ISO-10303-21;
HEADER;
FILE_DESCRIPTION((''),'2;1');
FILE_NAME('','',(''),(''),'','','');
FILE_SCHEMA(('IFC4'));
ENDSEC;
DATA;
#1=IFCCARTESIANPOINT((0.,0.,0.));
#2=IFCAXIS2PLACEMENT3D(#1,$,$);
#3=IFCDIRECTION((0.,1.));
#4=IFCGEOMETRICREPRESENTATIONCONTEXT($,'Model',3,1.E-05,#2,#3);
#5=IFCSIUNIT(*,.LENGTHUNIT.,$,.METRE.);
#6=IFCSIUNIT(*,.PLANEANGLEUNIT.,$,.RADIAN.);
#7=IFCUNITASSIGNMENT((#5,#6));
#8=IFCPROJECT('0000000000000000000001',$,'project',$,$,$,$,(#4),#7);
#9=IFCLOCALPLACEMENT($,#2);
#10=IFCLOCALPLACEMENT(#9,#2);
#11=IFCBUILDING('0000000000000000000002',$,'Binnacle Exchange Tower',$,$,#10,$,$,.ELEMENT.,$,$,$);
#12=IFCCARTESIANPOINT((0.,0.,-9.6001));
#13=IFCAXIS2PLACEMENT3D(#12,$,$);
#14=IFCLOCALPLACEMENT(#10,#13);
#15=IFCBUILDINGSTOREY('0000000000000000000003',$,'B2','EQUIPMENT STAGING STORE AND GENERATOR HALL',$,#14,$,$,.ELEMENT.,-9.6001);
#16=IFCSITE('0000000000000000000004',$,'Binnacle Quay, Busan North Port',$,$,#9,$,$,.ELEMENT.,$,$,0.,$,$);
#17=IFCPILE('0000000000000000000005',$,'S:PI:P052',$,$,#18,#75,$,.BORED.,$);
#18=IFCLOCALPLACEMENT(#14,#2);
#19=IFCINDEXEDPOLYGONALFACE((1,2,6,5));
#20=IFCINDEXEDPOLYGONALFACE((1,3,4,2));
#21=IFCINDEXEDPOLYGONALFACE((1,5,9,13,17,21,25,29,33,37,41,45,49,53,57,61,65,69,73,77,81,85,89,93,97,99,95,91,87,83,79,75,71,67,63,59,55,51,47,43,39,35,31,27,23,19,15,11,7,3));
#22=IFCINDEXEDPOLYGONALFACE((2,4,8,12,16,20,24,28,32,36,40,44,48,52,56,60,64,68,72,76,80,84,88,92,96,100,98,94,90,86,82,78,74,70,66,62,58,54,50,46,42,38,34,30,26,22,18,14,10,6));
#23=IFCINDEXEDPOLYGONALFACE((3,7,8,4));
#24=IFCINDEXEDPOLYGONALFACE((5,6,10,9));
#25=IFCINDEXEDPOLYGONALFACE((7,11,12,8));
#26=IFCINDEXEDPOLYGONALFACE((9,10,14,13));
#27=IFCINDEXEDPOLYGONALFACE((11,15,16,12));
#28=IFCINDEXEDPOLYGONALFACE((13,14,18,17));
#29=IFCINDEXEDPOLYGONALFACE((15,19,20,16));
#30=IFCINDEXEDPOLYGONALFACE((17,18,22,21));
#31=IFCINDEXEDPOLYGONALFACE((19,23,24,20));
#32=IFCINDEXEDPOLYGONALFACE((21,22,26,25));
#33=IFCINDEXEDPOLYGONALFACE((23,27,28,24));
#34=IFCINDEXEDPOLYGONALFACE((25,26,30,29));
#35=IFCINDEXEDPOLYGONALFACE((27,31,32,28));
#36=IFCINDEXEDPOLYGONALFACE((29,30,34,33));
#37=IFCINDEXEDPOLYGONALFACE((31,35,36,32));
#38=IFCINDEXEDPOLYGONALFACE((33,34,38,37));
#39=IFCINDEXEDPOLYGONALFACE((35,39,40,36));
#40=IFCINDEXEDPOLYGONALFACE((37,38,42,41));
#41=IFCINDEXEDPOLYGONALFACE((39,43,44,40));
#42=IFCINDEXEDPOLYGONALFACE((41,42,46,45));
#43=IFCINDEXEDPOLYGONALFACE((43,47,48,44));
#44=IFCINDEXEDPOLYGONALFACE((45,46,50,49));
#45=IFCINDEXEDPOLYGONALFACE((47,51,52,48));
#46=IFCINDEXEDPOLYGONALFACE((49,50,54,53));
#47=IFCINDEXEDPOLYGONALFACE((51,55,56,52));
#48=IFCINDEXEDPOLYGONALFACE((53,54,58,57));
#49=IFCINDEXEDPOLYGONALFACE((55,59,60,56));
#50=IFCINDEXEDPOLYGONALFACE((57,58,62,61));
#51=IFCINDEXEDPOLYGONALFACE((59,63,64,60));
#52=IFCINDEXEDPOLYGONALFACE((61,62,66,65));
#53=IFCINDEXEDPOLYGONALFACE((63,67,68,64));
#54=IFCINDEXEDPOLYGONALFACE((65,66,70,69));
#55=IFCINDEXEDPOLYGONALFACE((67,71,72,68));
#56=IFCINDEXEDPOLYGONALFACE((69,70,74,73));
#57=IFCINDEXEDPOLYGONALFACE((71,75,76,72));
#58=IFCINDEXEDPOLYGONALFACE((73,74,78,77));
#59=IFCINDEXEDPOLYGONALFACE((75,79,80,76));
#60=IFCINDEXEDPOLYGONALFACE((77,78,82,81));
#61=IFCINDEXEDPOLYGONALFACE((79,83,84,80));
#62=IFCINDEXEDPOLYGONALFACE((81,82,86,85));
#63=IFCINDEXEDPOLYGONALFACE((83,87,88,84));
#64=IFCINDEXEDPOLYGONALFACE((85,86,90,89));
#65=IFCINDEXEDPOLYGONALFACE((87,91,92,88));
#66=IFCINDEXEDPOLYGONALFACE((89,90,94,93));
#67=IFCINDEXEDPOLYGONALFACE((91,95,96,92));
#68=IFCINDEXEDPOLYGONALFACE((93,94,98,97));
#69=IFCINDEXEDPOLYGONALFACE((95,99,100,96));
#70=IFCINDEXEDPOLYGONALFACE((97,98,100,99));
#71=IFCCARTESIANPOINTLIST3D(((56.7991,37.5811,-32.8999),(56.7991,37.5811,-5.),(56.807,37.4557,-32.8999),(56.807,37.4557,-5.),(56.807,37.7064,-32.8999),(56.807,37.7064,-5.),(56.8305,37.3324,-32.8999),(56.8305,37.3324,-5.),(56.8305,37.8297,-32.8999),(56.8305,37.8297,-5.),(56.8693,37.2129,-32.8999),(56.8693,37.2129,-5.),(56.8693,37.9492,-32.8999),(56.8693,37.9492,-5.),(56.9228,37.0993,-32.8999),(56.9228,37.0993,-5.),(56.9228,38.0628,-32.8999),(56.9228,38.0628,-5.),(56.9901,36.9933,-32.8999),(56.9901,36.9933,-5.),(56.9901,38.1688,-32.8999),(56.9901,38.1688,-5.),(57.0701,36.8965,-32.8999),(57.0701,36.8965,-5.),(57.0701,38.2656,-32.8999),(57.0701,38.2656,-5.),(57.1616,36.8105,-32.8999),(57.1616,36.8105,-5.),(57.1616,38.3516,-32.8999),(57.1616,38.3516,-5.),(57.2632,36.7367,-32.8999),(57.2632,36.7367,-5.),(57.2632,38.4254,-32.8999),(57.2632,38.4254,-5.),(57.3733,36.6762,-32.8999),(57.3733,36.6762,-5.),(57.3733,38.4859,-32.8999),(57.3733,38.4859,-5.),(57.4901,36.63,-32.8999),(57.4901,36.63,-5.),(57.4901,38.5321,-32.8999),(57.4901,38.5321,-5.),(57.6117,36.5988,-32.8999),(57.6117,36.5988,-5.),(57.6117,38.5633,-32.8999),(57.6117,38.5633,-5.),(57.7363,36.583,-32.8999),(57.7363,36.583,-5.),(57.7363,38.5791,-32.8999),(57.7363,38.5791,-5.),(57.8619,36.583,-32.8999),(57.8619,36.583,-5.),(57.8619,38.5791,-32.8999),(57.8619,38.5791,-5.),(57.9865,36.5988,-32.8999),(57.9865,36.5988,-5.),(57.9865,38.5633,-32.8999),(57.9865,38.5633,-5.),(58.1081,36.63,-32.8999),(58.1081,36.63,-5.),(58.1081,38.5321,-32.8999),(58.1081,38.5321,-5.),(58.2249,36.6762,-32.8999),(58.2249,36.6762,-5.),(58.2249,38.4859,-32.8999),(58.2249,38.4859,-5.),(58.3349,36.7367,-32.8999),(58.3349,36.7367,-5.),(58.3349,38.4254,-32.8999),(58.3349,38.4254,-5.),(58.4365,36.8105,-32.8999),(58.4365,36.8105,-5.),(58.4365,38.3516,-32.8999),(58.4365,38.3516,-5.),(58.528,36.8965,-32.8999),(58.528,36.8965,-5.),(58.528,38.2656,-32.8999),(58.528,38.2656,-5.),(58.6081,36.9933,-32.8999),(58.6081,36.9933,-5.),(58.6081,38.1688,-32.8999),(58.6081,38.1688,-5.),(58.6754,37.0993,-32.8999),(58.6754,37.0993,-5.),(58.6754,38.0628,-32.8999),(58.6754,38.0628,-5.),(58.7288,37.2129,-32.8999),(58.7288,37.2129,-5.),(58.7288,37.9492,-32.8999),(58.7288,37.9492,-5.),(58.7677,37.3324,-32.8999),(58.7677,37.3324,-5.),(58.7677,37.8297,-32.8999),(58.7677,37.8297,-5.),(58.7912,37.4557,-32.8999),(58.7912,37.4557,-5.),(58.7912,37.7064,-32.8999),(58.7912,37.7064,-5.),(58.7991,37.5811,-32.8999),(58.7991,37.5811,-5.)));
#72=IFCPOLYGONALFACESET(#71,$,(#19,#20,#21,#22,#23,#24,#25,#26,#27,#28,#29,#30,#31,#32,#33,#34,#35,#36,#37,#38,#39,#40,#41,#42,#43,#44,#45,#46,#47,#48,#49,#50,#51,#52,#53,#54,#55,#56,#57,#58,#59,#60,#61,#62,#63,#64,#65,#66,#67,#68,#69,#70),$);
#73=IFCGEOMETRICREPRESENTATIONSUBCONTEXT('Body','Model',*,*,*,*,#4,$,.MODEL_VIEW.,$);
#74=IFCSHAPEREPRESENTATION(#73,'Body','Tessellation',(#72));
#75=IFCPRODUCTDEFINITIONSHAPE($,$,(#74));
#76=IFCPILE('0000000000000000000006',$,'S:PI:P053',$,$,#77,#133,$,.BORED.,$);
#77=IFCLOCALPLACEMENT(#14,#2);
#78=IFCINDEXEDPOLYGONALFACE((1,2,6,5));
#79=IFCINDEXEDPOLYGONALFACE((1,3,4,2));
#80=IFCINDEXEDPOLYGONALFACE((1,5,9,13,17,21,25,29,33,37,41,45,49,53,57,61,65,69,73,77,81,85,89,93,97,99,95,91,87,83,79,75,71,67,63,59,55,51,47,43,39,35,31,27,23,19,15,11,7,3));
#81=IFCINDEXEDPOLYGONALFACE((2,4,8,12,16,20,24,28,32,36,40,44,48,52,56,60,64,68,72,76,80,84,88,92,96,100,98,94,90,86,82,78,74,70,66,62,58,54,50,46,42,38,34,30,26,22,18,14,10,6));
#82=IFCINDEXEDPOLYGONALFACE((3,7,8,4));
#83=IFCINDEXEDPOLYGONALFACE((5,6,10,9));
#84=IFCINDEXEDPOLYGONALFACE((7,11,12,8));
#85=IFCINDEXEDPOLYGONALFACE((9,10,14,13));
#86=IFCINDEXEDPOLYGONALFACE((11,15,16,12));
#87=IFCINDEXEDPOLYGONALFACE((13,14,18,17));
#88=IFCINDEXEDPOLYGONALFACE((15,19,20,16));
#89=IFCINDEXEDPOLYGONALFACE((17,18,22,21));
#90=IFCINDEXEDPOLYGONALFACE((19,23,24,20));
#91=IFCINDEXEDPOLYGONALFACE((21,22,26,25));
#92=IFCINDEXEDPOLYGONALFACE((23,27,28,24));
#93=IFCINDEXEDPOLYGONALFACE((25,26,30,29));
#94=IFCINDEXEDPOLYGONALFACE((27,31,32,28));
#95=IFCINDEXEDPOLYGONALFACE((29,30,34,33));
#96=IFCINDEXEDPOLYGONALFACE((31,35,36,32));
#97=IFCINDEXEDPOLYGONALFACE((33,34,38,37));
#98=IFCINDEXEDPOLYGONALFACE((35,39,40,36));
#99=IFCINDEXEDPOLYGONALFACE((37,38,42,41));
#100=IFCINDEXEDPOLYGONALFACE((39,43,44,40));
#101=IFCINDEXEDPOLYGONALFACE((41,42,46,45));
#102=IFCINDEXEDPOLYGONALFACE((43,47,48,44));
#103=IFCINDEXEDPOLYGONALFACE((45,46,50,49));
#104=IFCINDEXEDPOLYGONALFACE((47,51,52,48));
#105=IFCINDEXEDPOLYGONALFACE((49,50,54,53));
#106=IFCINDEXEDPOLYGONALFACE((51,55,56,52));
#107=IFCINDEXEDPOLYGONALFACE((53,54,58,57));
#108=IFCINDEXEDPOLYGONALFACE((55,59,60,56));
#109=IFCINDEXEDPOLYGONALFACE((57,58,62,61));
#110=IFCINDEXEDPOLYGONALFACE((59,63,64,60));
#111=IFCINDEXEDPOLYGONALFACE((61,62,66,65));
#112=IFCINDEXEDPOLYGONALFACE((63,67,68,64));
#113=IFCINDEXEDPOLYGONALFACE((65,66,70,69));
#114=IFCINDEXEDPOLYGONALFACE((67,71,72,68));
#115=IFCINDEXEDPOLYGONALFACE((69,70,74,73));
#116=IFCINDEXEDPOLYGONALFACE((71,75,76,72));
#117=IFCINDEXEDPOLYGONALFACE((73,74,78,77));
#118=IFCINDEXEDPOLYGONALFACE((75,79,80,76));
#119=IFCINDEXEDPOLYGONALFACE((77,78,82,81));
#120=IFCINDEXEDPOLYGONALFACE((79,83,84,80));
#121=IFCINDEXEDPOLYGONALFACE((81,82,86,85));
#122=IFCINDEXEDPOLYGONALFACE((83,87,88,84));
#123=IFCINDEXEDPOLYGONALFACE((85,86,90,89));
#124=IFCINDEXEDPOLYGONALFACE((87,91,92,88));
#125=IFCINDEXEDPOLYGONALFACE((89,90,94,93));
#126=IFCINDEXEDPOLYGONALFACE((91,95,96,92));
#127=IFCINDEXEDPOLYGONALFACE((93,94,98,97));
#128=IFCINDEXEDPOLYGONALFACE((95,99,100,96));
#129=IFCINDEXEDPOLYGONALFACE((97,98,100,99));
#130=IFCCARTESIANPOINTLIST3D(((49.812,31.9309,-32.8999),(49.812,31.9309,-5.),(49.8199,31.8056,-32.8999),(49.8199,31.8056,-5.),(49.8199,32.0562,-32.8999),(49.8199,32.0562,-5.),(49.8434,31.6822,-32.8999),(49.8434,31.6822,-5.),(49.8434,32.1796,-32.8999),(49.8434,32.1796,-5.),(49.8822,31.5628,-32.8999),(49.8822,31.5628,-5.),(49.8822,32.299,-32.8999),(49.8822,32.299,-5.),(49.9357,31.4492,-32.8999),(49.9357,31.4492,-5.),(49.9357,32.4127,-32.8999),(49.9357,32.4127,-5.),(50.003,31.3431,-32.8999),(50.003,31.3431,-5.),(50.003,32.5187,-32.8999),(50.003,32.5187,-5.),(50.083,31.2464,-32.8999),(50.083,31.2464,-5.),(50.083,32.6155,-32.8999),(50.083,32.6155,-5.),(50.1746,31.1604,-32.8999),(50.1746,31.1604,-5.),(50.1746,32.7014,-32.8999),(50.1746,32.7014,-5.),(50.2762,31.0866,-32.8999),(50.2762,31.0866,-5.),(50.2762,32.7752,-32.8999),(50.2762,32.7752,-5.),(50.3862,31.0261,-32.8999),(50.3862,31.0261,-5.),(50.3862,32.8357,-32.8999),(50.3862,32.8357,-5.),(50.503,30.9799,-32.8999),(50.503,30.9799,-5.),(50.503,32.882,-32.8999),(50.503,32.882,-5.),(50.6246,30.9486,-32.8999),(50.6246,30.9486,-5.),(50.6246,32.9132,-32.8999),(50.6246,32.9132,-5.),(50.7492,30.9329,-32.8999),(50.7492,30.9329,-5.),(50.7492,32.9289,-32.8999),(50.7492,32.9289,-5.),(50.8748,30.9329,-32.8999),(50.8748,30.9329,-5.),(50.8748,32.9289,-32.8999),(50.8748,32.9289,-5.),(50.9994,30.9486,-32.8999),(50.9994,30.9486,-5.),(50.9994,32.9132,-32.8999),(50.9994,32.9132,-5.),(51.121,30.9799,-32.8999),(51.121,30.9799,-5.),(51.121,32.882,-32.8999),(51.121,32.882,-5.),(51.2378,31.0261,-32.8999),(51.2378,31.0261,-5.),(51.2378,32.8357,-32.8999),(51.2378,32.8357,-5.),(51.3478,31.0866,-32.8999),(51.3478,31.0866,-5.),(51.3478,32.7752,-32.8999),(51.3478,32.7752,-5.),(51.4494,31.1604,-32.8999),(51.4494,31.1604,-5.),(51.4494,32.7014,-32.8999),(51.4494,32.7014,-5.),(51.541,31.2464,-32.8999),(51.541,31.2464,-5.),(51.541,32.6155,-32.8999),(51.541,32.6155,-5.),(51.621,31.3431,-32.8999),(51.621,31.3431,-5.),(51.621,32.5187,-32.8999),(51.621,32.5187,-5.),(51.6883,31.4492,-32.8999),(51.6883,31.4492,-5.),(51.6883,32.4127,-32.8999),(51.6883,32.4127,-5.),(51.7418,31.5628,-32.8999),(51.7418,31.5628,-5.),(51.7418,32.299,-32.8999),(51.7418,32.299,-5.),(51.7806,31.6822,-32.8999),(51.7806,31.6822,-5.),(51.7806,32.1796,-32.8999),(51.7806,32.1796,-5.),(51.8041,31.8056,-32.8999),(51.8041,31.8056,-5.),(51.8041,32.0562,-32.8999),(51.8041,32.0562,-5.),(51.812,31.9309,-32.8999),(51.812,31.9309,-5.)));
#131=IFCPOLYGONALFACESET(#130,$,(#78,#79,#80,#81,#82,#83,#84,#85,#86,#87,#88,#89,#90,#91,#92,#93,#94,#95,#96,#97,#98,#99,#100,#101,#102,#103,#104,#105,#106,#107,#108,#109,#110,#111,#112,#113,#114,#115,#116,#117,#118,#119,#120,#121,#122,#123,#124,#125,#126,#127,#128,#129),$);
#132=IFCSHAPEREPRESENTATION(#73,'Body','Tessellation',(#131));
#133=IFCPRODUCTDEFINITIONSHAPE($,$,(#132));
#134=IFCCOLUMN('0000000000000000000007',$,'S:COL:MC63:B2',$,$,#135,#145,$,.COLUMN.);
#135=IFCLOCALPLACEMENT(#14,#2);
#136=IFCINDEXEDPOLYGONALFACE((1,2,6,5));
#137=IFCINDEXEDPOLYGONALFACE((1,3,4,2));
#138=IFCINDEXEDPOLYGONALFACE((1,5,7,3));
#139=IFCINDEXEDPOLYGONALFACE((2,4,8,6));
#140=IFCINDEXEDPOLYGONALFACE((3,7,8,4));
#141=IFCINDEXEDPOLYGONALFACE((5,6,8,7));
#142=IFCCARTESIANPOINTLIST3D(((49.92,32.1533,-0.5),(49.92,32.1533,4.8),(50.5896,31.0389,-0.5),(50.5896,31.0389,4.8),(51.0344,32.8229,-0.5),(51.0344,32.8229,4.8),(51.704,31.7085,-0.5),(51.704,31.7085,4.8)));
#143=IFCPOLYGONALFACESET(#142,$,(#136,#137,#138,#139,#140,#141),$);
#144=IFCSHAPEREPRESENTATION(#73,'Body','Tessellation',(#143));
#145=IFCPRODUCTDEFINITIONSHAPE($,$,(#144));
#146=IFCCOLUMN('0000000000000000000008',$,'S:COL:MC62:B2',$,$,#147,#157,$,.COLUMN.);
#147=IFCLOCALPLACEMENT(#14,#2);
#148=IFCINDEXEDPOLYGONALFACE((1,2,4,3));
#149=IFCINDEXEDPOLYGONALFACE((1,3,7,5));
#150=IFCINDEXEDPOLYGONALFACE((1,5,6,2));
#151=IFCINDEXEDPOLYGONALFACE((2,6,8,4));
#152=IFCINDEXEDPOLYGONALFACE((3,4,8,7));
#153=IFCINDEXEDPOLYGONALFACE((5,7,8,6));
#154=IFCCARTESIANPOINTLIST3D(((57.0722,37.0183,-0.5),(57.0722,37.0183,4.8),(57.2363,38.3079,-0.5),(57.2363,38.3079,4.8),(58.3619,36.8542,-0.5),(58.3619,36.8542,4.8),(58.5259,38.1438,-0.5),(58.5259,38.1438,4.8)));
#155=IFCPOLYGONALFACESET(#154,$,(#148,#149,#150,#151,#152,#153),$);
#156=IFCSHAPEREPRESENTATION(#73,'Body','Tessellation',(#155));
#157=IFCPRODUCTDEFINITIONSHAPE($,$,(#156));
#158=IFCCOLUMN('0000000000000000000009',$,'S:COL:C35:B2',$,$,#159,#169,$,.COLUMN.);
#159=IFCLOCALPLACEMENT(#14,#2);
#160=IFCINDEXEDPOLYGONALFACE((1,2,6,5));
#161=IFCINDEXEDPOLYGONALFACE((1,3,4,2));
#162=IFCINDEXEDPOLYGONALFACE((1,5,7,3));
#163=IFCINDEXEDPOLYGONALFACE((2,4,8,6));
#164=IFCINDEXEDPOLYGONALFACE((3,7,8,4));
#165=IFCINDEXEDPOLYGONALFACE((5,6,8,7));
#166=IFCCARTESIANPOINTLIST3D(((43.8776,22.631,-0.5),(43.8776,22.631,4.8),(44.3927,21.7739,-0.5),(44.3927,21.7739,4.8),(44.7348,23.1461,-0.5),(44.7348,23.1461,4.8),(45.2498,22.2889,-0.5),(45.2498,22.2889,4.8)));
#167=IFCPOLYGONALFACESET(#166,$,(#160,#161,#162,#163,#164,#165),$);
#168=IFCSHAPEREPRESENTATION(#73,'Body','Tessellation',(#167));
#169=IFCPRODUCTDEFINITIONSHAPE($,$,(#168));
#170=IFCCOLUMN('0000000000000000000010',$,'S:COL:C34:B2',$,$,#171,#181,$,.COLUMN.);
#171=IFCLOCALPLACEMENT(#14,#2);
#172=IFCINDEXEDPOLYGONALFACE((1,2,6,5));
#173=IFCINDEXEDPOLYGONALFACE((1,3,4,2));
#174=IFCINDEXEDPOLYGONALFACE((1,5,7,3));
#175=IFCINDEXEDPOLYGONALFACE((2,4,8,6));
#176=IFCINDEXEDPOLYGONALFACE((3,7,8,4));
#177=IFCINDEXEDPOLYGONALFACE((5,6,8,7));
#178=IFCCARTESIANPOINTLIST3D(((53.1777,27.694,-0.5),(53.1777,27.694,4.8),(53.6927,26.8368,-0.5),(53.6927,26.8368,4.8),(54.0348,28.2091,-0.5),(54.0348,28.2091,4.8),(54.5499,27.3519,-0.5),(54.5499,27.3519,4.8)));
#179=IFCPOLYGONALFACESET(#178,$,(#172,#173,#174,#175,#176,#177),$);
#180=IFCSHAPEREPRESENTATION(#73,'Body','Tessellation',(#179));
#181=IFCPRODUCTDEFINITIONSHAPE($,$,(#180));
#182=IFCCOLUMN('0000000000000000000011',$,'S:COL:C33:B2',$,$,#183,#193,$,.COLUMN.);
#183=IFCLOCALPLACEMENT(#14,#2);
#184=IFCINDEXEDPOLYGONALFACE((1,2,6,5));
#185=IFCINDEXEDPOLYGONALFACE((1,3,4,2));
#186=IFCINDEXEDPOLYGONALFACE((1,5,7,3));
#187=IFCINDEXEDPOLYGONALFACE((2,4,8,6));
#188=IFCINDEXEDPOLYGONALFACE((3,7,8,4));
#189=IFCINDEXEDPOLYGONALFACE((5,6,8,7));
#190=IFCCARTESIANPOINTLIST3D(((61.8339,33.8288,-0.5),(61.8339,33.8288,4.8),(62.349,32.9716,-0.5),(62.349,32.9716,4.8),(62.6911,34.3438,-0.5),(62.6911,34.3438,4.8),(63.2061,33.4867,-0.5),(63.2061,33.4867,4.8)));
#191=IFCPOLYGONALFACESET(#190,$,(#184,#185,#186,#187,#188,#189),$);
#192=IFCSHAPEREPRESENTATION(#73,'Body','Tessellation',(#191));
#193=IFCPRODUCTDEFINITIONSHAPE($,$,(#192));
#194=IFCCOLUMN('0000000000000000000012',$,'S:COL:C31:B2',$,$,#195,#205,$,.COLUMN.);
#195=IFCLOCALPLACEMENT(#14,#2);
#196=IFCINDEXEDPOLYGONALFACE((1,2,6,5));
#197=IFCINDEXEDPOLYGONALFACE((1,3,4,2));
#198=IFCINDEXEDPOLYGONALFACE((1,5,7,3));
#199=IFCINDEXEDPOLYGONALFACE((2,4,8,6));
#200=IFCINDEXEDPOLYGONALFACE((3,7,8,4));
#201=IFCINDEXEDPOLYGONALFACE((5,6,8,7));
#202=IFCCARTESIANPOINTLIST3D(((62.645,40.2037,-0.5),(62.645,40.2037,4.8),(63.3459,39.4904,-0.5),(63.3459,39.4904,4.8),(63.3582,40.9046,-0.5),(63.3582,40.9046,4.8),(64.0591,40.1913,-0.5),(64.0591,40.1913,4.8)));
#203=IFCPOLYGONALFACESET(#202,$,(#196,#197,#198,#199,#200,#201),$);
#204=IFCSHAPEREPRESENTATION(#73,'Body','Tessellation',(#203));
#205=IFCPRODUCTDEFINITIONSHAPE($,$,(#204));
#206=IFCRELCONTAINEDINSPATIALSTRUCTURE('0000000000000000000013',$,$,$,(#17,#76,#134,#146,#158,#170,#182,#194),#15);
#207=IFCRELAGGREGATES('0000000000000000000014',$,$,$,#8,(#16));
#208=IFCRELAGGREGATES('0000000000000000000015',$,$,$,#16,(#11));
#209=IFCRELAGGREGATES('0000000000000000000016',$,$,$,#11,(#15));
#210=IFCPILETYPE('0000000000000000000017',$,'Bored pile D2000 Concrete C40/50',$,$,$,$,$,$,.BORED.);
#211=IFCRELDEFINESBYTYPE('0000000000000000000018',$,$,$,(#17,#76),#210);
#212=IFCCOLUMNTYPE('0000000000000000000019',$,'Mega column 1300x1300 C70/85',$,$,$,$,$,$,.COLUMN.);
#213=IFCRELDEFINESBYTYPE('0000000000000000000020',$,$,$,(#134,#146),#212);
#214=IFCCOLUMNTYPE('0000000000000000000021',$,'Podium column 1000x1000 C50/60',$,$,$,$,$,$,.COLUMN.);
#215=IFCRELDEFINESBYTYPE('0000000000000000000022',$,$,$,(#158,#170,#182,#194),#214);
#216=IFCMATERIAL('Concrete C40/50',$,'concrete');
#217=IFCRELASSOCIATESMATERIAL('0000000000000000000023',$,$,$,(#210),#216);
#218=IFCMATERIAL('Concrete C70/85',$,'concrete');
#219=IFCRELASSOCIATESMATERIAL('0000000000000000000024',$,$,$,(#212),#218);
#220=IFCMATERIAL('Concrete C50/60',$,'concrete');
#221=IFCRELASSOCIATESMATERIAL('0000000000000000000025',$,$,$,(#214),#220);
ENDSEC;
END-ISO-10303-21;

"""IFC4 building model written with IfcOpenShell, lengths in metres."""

from ifc_helpers import new_model, si_unit, direction, frame, origin, origin_2d, place, context, subcontext, project, spatial, rectangle, circle, extrude, material, material_profile, profile_set, type_object, element, save


model = new_model("IFC4")

# Units and contexts
model_context = context("Model", 3, precision=1e-05, world=origin(), true_north=direction((0.0, 1.0)))
body_context = subcontext(model_context, "Body", "Model", "MODEL_VIEW")
ifc_project = project(units=[si_unit("LENGTHUNIT", "METRE"), si_unit("PLANEANGLEUNIT", "RADIAN")], contexts=[model_context])

# Site, building, storey
site_placement = place(None, origin())
site = spatial("IfcSite", under=ifc_project, at=site_placement, Name="Binnacle Quay, Busan North Port", CompositionType="ELEMENT", RefElevation=0.0)
building_placement = place(site_placement, origin())
building = spatial("IfcBuilding", under=site, at=building_placement, Name="Binnacle Exchange Tower", CompositionType="ELEMENT")
storey_placement = place(building_placement, frame((0.0, 0.0, -9.6001)))
storey = spatial("IfcBuildingStorey", under=building, at=storey_placement, Name="B2", Description="EQUIPMENT STAGING STORE AND GENERATOR HALL", CompositionType="ELEMENT", Elevation=-9.6001)

# Piles
ifc_material_1 = material(Name="Concrete C40/50", Category="concrete")
ifc_material_profile_1 = material_profile(ifc_material_1, circle(Radius=1.0, at=origin_2d()), Name="Bored pile D2000")
ifc_profile_set_1 = profile_set([ifc_material_profile_1], Name="Concrete C40/50")
pile_type = type_object("IfcPileType", Name="Bored pile D2000 Concrete C40/50", PredefinedType="BORED", material=ifc_profile_set_1)
for number, where, z_axis, x_axis, name in (
    (1, (57.7991, 37.5811, -5.0), (0.0, 0.0, -1.0), (1.0, 0.0, 0.0), "S:PI:P052"),
    (2, (50.812, 31.9309, -5.0), (0.0, 0.0, -1.0), (1.0, 0.0, 0.0), "S:PI:P053"),
):
    element("IfcPile", number, at=place(storey_placement, frame(where, z_axis=z_axis, x_axis=x_axis)), inside=storey, type_object=pile_type, Name=name, PredefinedType="BORED", context=body_context, shape_type="SweptSolid", body=[
        extrude(circle(Radius=1.0, at=origin_2d()), origin(), (0.0, 0.0, 1.0), 27.8999),
    ])

# Columns
ifc_material_2 = material(Name="Concrete C70/85", Category="concrete")
ifc_material_profile_2 = material_profile(ifc_material_2, rectangle(XDim=1.3, YDim=1.3, at=origin_2d()), Name="Mega column 1300x1300 C70/85")
ifc_profile_set_2 = profile_set([ifc_material_profile_2], Name="Concrete C70/85")
column_type_1 = type_object("IfcColumnType", Name="Mega column 1300x1300 C70/85", PredefinedType="COLUMN", material=ifc_profile_set_2)
for number, where, z_axis, x_axis, name in (
    (3, (50.812, 31.9309, -0.5), (0.0, 0.0, 1.0), (0.857167, 0.515038, 0.0), "S:COL:MC63:B2"),
    (4, (57.7991, 37.5811, -0.5), (0.0, 0.0, 1.0), (0.126199, 0.992005, 0.0), "S:COL:MC62:B2"),
):
    element("IfcColumn", number, at=place(storey_placement, frame(where, z_axis=z_axis, x_axis=x_axis)), inside=storey, type_object=column_type_1, Name=name, PredefinedType="COLUMN", context=body_context, shape_type="SweptSolid", body=[
        extrude(rectangle(XDim=1.3, YDim=1.3, at=origin_2d()), origin(), (0.0, 0.0, 1.0), 5.3),
    ])
ifc_material_3 = material(Name="Concrete C50/60", Category="concrete")
ifc_material_profile_3 = material_profile(ifc_material_3, rectangle(XDim=1.0, YDim=1.0, at=origin_2d()), Name="Podium column 1000x1000 C50/60")
ifc_profile_set_3 = profile_set([ifc_material_profile_3], Name="Concrete C50/60")
column_type_2 = type_object("IfcColumnType", Name="Podium column 1000x1000 C50/60", PredefinedType="COLUMN", material=ifc_profile_set_3)
for number, where, z_axis, x_axis, name in (
    (5, (44.5637, 22.46, -0.5), (0.0, 0.0, 1.0), (0.857167, 0.515038, 0.0), "S:COL:C35:B2"),
    (6, (53.8638, 27.5229, -0.5), (0.0, 0.0, 1.0), (0.857167, 0.515038, 0.0), "S:COL:C34:B2"),
    (7, (62.52, 33.6577, -0.5), (0.0, 0.0, 1.0), (0.857167, 0.515038, 0.0), "S:COL:C33:B2"),
    (8, (63.3521, 40.1975, -0.5), (0.0, 0.0, 1.0), (-0.700909, 0.71325, 0.0), "S:COL:C31:B2"),
):
    element("IfcColumn", number, at=place(storey_placement, frame(where, z_axis=z_axis, x_axis=x_axis)), inside=storey, type_object=column_type_2, Name=name, PredefinedType="COLUMN", context=body_context, shape_type="SweptSolid", body=[
        extrude(rectangle(XDim=1.0, YDim=1.0, at=origin_2d()), origin(), (0.0, 0.0, 1.0), 5.3),
    ])

save(model, "model.ifc")
